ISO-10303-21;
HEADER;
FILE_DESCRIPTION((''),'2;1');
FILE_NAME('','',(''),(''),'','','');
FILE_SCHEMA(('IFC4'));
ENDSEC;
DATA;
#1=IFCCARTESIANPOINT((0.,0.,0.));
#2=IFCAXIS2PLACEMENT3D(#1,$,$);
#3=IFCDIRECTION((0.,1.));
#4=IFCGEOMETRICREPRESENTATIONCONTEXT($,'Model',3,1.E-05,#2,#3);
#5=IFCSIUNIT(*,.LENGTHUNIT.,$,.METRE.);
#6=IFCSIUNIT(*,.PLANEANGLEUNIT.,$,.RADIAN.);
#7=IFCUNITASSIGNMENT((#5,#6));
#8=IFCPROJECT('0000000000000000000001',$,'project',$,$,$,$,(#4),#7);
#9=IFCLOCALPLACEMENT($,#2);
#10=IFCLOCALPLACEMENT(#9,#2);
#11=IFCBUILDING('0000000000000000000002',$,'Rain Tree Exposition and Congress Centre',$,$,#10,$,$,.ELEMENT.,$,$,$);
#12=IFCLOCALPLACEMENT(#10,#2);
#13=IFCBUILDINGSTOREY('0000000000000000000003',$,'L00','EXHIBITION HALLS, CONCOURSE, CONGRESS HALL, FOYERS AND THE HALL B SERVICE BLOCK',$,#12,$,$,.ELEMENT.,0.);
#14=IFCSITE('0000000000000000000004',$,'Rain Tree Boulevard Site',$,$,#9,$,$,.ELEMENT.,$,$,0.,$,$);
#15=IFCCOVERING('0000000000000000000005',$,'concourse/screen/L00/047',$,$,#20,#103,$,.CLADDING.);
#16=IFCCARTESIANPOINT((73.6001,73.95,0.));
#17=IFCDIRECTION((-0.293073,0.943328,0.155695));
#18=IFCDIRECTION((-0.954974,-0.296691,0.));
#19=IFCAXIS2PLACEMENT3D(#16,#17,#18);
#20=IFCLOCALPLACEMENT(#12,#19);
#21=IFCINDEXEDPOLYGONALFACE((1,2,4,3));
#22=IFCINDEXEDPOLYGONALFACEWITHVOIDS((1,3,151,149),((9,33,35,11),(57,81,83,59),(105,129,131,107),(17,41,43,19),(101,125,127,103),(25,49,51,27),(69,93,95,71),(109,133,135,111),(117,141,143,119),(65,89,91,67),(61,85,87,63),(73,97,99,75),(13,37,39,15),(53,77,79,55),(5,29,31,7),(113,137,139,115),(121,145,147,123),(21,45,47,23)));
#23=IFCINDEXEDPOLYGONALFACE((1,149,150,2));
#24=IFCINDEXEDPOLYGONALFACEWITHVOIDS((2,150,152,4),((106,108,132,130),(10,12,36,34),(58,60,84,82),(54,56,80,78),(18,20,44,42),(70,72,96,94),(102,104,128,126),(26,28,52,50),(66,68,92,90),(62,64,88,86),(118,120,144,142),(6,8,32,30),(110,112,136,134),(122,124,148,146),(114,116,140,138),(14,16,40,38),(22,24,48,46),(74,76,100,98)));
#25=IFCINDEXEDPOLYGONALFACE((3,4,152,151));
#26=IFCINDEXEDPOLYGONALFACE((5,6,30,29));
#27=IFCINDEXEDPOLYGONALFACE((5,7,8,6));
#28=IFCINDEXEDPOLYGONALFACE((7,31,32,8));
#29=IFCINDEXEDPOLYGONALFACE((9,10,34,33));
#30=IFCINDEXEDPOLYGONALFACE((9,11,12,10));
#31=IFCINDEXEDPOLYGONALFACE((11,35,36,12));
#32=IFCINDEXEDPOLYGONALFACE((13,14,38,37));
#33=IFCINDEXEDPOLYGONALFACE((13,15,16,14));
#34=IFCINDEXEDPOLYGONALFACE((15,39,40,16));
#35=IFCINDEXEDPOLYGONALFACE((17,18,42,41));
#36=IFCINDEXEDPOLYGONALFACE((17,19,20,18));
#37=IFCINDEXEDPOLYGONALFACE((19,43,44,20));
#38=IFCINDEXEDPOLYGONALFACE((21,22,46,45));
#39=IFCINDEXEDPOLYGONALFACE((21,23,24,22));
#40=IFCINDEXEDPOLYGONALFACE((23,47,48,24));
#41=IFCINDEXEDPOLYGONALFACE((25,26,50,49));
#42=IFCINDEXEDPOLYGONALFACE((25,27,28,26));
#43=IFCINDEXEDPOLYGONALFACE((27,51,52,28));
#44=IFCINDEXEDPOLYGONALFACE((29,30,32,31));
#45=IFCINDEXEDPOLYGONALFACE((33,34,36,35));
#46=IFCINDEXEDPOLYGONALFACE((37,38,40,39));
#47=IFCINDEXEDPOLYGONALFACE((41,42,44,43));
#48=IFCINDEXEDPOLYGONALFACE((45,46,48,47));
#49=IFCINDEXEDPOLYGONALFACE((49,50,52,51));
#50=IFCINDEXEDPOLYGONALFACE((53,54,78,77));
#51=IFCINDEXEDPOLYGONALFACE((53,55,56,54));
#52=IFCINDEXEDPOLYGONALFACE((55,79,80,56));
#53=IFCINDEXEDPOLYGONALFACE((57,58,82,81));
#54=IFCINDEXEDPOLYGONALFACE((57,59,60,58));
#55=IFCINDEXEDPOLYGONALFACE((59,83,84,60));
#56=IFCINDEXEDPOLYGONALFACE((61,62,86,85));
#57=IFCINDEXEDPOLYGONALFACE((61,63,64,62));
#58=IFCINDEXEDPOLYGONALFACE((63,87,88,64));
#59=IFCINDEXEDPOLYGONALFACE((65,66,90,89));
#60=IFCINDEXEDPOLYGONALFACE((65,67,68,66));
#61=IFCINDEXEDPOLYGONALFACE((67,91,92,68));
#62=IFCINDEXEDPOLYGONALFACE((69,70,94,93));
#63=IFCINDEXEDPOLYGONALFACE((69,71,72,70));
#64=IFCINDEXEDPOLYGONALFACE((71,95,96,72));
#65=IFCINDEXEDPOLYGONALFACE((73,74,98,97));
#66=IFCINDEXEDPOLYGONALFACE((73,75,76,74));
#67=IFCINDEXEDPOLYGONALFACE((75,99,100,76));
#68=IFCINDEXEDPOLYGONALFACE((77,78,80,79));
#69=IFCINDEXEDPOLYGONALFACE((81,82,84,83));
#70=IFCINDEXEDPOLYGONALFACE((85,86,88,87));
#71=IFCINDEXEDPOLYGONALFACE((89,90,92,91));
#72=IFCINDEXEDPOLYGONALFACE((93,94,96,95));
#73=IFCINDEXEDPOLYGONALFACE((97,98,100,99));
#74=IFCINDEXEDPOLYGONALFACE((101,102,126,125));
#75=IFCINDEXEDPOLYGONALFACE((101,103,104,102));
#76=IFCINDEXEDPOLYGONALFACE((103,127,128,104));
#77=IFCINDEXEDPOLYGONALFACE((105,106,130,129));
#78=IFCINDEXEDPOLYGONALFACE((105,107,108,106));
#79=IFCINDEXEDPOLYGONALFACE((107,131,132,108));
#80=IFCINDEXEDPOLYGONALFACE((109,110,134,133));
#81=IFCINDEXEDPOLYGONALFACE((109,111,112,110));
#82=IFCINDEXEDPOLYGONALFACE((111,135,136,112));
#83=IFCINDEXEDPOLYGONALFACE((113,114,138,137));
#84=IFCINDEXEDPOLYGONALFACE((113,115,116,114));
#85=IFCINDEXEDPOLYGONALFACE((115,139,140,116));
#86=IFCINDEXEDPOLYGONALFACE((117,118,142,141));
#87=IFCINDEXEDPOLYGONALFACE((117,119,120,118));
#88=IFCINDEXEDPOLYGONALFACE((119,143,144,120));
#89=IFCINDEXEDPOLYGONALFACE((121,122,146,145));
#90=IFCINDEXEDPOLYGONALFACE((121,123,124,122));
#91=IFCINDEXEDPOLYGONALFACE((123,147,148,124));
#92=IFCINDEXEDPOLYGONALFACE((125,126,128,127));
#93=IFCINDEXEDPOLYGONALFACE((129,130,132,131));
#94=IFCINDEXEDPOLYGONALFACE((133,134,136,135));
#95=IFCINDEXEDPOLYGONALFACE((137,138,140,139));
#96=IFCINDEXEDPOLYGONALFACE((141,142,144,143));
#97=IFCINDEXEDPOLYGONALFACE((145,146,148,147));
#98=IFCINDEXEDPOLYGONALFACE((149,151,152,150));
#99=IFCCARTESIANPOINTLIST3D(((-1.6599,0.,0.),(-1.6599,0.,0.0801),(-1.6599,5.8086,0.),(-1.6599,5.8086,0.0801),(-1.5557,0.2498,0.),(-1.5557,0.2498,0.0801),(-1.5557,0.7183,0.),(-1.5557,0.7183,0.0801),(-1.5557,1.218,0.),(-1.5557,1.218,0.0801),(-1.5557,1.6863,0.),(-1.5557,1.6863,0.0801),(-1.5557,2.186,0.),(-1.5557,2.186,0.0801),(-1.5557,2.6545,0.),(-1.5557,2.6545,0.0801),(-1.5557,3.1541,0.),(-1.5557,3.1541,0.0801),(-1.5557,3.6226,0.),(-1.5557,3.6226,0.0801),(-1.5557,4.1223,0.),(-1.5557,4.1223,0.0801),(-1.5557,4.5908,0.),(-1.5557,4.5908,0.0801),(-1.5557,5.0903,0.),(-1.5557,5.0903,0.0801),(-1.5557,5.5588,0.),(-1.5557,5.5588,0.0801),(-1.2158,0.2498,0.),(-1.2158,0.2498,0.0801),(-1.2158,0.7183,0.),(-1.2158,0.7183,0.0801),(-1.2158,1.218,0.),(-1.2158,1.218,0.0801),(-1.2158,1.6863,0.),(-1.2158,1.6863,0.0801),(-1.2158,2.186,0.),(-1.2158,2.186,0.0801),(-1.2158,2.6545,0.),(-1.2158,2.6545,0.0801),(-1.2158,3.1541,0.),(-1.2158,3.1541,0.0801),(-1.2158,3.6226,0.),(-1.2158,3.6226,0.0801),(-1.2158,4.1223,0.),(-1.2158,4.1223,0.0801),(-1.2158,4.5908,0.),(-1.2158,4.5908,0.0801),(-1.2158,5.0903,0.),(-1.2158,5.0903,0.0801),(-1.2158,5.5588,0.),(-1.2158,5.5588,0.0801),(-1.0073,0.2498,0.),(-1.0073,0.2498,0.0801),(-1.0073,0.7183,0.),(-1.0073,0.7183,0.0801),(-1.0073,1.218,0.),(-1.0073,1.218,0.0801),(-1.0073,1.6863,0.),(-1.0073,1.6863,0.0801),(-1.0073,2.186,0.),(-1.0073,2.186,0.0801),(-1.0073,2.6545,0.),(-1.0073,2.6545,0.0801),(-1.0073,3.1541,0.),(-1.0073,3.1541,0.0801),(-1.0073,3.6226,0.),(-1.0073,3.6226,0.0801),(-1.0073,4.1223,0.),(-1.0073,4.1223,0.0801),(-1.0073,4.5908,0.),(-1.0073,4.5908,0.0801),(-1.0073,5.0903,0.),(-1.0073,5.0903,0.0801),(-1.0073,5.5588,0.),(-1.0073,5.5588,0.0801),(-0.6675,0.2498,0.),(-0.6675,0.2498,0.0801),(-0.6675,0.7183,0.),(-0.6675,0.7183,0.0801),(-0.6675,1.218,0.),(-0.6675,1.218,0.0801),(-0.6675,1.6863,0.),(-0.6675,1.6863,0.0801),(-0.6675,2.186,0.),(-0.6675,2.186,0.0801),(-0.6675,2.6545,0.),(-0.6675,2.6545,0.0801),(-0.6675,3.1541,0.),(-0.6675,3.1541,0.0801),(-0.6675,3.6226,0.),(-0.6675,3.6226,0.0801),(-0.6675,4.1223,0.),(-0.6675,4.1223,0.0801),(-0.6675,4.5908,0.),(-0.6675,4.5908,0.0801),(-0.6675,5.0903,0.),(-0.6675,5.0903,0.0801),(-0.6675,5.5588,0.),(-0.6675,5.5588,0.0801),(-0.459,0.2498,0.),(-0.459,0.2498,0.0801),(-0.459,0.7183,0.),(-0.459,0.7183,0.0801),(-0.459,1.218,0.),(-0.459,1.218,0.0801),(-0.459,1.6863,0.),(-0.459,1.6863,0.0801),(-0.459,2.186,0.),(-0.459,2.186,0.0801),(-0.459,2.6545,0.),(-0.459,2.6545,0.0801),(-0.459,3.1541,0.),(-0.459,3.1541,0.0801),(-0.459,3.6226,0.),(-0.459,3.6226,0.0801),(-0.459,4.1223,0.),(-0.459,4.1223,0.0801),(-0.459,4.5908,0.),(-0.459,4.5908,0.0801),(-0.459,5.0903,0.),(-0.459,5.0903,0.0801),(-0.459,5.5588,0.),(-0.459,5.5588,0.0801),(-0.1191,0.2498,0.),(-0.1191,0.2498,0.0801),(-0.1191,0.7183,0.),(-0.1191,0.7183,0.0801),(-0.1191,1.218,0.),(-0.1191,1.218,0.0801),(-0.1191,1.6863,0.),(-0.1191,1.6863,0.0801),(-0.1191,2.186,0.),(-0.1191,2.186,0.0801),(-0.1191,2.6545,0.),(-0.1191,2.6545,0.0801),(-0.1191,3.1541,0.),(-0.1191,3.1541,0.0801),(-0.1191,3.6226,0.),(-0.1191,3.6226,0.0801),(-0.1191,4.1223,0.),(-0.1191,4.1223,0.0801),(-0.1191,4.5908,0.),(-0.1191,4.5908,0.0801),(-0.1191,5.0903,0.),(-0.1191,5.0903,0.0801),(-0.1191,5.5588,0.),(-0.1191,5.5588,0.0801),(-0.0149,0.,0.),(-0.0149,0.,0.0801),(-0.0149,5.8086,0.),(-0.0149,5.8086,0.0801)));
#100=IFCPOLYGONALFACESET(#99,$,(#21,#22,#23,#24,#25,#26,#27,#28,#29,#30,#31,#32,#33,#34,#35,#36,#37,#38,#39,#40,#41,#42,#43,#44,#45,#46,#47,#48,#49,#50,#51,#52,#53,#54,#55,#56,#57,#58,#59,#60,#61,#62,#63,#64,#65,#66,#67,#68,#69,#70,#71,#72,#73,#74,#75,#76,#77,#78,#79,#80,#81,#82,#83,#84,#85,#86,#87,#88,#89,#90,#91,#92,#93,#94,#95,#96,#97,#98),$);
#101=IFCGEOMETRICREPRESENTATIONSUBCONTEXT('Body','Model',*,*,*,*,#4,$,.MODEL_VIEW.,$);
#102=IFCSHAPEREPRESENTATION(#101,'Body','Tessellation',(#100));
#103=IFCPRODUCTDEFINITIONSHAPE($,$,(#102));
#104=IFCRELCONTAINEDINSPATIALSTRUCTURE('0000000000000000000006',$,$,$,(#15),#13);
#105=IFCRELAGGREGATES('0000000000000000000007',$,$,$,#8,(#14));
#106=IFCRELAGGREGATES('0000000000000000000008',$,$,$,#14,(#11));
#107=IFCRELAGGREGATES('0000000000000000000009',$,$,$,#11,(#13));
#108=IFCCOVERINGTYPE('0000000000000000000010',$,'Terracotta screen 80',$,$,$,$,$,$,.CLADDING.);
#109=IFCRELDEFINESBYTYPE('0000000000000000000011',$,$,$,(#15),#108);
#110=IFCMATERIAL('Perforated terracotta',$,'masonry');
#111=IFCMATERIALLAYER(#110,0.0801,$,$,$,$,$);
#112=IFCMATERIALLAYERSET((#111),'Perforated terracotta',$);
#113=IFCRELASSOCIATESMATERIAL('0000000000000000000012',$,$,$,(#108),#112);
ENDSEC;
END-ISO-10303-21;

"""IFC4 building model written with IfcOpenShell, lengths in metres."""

from ifc_helpers import new_model, si_unit, direction, frame, origin, place, context, subcontext, project, spatial, polyline, outline, extrude, material, layer, layer_set, type_object, element, save


model = new_model("IFC4")

# Units and contexts
model_context = context("Model", 3, precision=1e-05, world=origin(), true_north=direction((0.0, 1.0)))
body_context = subcontext(model_context, "Body", "Model", "MODEL_VIEW")
ifc_project = project(units=[si_unit("LENGTHUNIT", "METRE"), si_unit("PLANEANGLEUNIT", "RADIAN")], contexts=[model_context])

# Site, building, storey
site_placement = place(None, origin())
site = spatial("IfcSite", under=ifc_project, at=site_placement, Name="Rain Tree Boulevard Site", CompositionType="ELEMENT", RefElevation=0.0)
building_placement = place(site_placement, origin())
building = spatial("IfcBuilding", under=site, at=building_placement, Name="Rain Tree Exposition and Congress Centre", CompositionType="ELEMENT")
storey_placement = place(building_placement, origin())
storey = spatial("IfcBuildingStorey", under=building, at=storey_placement, Name="L00", Description="EXHIBITION HALLS, CONCOURSE, CONGRESS HALL, FOYERS AND THE HALL B SERVICE BLOCK", CompositionType="ELEMENT", Elevation=0.0)

# Covering
ifc_material_1 = material(Name="Perforated terracotta", Category="masonry")
ifc_layer_1 = layer(ifc_material_1, 0.0801)
ifc_layer_set_1 = layer_set([ifc_layer_1], Name="Perforated terracotta")
covering_type = type_object("IfcCoveringType", Name="Terracotta screen 80", PredefinedType="CLADDING", material=ifc_layer_set_1)
covering_1_placement = place(storey_placement, frame((73.6001, 73.95, 0.0), z_axis=(-0.293073, 0.943328, 0.155695), x_axis=(-0.954974, -0.296691, 0.0)))
element("IfcCovering", 1, at=covering_1_placement, inside=storey, type_object=covering_type, Name="concourse/screen/L00/047", PredefinedType="CLADDING", context=body_context, shape_type="SweptSolid", body=[
    extrude(outline(polyline([(-0.0149, 0.0), (-1.6599, 0.0), (-1.6599, 5.8086), (-0.0149, 5.8086), (-0.0149, 0.0)]), holes=[polyline([(-0.1191, 0.2498), (-0.1191, 0.7183), (-0.459, 0.7183), (-0.459, 0.2498), (-0.1191, 0.2498)]), polyline([(-0.1191, 1.218), (-0.1191, 1.6863), (-0.459, 1.6863), (-0.459, 1.218), (-0.1191, 1.218)]), polyline([(-0.1191, 2.186), (-0.1191, 2.6545), (-0.459, 2.6545), (-0.459, 2.186), (-0.1191, 2.186)]), polyline([(-0.1191, 3.1541), (-0.1191, 3.6226), (-0.459, 3.6226), (-0.459, 3.1541), (-0.1191, 3.1541)]), polyline([(-0.1191, 4.1223), (-0.1191, 4.5908), (-0.459, 4.5908), (-0.459, 4.1223), (-0.1191, 4.1223)]), polyline([(-0.1191, 5.0903), (-0.1191, 5.5588), (-0.459, 5.5588), (-0.459, 5.0903), (-0.1191, 5.0903)]), polyline([(-0.6675, 0.2498), (-0.6675, 0.7183), (-1.0073, 0.7183), (-1.0073, 0.2498), (-0.6675, 0.2498)]), polyline([(-0.6675, 1.218), (-0.6675, 1.6863), (-1.0073, 1.6863), (-1.0073, 1.218), (-0.6675, 1.218)]), polyline([(-0.6675, 2.186), (-0.6675, 2.6545), (-1.0073, 2.6545), (-1.0073, 2.186), (-0.6675, 2.186)]), polyline([(-0.6675, 3.1541), (-0.6675, 3.6226), (-1.0073, 3.6226), (-1.0073, 3.1541), (-0.6675, 3.1541)]), polyline([(-0.6675, 4.1223), (-0.6675, 4.5908), (-1.0073, 4.5908), (-1.0073, 4.1223), (-0.6675, 4.1223)]), polyline([(-0.6675, 5.0903), (-0.6675, 5.5588), (-1.0073, 5.5588), (-1.0073, 5.0903), (-0.6675, 5.0903)]), polyline([(-1.2158, 0.2498), (-1.2158, 0.7183), (-1.5557, 0.7183), (-1.5557, 0.2498), (-1.2158, 0.2498)]), polyline([(-1.2158, 1.218), (-1.2158, 1.6863), (-1.5557, 1.6863), (-1.5557, 1.218), (-1.2158, 1.218)]), polyline([(-1.2158, 2.186), (-1.2158, 2.6545), (-1.5557, 2.6545), (-1.5557, 2.186), (-1.2158, 2.186)]), polyline([(-1.2158, 3.1541), (-1.2158, 3.6226), (-1.5557, 3.6226), (-1.5557, 3.1541), (-1.2158, 3.1541)]), polyline([(-1.2158, 4.1223), (-1.2158, 4.5908), (-1.5557, 4.5908), (-1.5557, 4.1223), (-1.2158, 4.1223)]), polyline([(-1.2158, 5.0903), (-1.2158, 5.5588), (-1.5557, 5.5588), (-1.5557, 5.0903), (-1.2158, 5.0903)])]), origin(), (0.0, 0.0, 1.0), 0.0801),
])

save(model, "model.ifc")
